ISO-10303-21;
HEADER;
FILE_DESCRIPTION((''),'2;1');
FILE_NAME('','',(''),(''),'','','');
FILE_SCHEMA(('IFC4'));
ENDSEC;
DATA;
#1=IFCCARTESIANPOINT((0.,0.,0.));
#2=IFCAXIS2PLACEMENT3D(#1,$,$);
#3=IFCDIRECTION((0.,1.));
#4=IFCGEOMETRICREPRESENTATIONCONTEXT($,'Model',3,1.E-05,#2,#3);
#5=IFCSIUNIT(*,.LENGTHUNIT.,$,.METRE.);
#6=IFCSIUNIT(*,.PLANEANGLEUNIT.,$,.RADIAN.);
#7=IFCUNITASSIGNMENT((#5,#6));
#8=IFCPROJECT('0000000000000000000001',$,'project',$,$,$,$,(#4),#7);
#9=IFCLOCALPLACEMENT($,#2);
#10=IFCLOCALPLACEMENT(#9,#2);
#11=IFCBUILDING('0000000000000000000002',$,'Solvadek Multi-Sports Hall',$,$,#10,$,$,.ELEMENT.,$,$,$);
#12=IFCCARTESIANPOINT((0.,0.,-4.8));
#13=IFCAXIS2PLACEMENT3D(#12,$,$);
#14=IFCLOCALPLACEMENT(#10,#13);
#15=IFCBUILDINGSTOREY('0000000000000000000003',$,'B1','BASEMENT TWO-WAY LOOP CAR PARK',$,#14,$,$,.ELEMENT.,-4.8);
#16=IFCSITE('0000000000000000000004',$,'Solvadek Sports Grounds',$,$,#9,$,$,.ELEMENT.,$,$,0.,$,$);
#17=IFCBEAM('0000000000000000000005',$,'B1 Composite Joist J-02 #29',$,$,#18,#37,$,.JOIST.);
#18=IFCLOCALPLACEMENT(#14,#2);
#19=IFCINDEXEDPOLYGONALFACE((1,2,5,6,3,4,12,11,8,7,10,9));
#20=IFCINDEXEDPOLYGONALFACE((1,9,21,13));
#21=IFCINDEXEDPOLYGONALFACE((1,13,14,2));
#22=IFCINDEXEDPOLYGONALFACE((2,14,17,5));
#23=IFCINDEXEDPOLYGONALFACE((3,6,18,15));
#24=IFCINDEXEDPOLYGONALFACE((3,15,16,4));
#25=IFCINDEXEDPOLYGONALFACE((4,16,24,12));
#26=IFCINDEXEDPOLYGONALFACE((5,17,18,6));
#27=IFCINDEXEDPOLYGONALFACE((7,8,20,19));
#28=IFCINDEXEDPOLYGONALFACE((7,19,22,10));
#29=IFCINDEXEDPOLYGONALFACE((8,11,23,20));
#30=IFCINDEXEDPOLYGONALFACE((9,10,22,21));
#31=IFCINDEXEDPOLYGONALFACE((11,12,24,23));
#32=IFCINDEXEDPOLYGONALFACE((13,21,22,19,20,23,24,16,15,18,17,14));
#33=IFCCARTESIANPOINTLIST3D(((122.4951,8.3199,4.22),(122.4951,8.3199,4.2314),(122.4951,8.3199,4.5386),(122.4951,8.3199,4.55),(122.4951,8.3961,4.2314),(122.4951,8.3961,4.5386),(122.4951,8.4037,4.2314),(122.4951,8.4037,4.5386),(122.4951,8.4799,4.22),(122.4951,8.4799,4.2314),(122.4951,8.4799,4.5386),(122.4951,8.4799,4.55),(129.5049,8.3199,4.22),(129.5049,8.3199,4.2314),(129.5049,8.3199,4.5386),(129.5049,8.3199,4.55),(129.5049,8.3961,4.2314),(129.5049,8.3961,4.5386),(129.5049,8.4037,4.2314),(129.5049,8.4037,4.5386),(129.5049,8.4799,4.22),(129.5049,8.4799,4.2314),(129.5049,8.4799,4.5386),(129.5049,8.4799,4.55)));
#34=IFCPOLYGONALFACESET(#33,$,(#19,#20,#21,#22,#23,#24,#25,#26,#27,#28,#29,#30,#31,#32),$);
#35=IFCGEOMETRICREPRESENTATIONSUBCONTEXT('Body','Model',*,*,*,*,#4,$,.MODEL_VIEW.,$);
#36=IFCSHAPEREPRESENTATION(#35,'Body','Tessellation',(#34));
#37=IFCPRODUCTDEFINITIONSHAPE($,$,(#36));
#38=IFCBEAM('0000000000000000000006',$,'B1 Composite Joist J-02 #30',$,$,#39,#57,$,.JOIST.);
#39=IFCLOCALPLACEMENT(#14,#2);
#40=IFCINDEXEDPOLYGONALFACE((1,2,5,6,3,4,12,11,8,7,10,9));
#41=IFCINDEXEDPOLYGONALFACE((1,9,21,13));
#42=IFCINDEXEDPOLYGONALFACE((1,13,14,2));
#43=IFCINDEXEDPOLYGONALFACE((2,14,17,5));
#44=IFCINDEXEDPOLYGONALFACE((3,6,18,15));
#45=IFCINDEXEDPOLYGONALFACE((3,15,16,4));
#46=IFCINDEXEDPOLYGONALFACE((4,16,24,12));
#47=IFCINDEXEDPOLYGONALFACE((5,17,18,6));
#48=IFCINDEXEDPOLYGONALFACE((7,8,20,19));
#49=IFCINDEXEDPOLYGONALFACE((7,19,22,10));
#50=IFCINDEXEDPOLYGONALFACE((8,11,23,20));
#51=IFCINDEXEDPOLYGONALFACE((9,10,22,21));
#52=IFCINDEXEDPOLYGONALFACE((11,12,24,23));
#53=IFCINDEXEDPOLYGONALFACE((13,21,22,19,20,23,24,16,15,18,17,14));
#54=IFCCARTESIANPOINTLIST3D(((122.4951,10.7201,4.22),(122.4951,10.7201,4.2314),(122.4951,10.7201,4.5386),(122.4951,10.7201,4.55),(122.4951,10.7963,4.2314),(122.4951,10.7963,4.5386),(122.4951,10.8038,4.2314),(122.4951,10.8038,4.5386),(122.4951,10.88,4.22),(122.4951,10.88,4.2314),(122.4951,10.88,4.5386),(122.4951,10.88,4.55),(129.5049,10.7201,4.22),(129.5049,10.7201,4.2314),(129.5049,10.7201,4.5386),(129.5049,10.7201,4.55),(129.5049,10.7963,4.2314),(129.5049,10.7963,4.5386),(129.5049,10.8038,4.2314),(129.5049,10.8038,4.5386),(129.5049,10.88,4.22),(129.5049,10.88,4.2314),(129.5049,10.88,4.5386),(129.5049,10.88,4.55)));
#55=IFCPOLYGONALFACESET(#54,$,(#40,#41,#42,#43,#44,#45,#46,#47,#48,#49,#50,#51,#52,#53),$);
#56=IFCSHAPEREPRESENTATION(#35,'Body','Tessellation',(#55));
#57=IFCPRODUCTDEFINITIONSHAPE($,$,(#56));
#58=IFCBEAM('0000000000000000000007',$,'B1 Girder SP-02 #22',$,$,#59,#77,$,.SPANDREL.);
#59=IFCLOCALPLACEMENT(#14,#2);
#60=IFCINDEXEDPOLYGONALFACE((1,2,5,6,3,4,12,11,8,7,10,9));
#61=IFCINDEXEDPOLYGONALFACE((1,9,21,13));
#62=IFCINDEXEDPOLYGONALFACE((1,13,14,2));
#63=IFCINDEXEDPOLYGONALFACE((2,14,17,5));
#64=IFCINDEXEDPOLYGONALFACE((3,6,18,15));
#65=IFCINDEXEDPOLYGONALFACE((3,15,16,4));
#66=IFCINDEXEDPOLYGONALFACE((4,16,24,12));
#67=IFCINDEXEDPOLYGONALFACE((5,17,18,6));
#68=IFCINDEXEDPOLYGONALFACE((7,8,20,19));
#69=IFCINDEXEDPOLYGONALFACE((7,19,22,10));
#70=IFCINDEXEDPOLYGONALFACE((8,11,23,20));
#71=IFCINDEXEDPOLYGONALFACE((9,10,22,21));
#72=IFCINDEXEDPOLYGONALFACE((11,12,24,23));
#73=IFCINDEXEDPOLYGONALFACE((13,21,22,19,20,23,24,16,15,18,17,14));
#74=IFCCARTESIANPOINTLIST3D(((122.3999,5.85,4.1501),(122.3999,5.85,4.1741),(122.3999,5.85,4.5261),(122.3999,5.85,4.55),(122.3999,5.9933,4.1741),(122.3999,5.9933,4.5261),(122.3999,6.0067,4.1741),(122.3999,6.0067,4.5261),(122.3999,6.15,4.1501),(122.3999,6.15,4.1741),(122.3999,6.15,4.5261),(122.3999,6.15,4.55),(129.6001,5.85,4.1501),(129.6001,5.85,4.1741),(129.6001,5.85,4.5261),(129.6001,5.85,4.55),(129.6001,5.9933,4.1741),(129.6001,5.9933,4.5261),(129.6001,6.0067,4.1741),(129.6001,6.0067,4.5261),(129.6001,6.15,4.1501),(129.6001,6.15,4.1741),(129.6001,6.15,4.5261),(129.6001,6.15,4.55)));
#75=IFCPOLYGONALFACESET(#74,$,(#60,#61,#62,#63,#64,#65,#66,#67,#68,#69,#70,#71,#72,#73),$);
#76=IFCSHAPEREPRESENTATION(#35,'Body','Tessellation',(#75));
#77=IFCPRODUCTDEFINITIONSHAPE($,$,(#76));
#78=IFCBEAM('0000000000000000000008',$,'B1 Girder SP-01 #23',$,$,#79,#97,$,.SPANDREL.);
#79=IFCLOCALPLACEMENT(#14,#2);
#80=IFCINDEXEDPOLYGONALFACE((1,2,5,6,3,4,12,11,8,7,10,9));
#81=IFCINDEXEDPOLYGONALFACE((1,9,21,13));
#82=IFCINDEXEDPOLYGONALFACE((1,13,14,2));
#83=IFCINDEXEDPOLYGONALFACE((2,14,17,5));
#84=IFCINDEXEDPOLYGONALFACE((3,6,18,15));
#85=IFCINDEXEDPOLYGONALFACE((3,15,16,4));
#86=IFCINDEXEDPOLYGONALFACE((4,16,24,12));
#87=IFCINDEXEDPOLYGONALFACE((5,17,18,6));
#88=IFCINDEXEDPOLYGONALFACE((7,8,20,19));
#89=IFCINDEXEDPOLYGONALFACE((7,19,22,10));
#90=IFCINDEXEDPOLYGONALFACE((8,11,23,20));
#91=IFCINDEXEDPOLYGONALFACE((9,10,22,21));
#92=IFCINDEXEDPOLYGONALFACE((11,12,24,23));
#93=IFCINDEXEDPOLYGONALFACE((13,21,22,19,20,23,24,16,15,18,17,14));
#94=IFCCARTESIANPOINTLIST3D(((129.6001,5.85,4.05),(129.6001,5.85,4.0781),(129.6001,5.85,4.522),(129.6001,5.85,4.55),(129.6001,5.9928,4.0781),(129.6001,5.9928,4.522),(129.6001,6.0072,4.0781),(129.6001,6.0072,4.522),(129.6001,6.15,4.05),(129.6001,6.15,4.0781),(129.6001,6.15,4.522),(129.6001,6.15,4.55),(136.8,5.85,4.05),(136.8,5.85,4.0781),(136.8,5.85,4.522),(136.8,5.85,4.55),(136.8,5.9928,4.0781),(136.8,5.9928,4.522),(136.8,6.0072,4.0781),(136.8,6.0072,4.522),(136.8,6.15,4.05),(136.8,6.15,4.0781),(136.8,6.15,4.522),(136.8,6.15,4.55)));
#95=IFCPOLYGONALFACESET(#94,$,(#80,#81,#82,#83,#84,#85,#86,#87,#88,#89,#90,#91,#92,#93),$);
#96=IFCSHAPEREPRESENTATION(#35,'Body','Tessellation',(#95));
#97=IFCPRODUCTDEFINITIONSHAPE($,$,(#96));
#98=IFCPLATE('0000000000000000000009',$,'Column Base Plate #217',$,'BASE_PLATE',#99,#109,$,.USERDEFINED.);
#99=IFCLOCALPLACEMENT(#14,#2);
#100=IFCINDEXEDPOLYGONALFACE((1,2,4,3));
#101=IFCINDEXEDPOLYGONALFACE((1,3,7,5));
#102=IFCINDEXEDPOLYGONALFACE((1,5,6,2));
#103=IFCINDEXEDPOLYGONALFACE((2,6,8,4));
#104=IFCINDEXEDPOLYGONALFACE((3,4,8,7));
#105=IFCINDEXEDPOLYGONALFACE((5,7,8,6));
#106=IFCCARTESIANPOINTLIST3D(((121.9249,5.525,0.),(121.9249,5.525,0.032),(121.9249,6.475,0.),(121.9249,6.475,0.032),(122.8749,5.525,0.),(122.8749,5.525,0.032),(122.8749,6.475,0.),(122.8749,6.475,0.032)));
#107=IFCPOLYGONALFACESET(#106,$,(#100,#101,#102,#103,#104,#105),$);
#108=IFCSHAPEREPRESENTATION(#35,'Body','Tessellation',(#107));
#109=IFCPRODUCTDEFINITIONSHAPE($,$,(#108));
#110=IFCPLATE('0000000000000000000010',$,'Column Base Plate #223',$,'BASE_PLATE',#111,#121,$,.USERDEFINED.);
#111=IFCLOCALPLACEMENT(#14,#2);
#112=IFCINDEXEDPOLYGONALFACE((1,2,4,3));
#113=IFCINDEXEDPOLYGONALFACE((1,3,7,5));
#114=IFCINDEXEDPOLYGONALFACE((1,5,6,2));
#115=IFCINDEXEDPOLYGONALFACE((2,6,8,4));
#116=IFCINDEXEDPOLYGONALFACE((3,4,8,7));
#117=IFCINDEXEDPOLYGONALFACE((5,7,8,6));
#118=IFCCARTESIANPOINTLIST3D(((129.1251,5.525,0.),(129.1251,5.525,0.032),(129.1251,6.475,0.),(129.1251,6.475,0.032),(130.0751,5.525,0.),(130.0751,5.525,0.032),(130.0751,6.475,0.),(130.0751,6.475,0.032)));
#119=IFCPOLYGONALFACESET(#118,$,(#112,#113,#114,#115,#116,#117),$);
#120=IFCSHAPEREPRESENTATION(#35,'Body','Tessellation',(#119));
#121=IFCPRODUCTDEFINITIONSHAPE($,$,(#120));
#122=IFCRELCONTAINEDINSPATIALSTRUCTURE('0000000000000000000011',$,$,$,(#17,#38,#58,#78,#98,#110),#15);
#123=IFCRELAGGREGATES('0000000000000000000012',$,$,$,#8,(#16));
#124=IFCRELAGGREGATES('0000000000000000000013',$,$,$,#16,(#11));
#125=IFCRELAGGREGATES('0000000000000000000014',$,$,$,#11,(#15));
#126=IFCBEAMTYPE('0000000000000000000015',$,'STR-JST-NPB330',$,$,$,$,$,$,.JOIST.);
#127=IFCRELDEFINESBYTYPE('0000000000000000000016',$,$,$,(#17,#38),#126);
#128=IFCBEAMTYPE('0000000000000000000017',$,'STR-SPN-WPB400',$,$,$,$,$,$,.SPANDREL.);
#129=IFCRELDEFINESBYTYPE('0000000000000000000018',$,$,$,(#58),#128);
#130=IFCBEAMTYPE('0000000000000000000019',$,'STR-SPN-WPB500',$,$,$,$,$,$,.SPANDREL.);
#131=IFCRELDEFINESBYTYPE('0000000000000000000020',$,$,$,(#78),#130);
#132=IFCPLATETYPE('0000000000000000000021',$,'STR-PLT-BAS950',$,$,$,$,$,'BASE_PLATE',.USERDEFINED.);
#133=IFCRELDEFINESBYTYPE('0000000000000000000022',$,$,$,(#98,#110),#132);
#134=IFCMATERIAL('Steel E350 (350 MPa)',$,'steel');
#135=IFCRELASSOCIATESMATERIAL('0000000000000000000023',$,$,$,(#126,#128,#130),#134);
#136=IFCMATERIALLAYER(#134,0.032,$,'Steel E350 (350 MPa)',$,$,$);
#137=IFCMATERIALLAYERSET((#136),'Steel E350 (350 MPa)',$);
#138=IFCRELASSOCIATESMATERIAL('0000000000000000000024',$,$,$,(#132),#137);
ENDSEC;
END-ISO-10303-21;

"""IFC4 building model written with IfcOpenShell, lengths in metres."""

from ifc_helpers import new_model, si_unit, direction, frame, origin, origin_2d, place, context, subcontext, project, spatial, rectangle, i_section, extrude, material, layer, layer_set, material_profile, profile_set, type_object, element, save


model = new_model("IFC4")

# Units and contexts
model_context = context("Model", 3, precision=1e-05, world=origin(), true_north=direction((0.0, 1.0)))
body_context = subcontext(model_context, "Body", "Model", "MODEL_VIEW")
ifc_project = project(units=[si_unit("LENGTHUNIT", "METRE"), si_unit("PLANEANGLEUNIT", "RADIAN")], contexts=[model_context])

# Site, building, storey
site_placement = place(None, origin())
site = spatial("IfcSite", under=ifc_project, at=site_placement, Name="Solvadek Sports Grounds", CompositionType="ELEMENT", RefElevation=0.0)
building_placement = place(site_placement, origin())
building = spatial("IfcBuilding", under=site, at=building_placement, Name="Solvadek Multi-Sports Hall", CompositionType="ELEMENT")
storey_placement = place(building_placement, frame((0.0, 0.0, -4.8)))
storey = spatial("IfcBuildingStorey", under=building, at=storey_placement, Name="B1", Description="BASEMENT TWO-WAY LOOP CAR PARK", CompositionType="ELEMENT", Elevation=-4.8)

# Shared definitions
ifc_material_1 = material(Name="Steel E350 (350 MPa)", Category="steel")

# Beams
ifc_material_profile_1 = material_profile(ifc_material_1, i_section(OverallWidth=0.1599, OverallDepth=0.3301, WebThickness=0.0076, FlangeThickness=0.0115, at=origin_2d()), Name="NPB 330")
ifc_profile_set_1 = profile_set([ifc_material_profile_1], Name="Steel E350 (350 MPa)")
beam_type_1 = type_object("IfcBeamType", Name="STR-JST-NPB330", PredefinedType="JOIST", material=ifc_profile_set_1)
for number, where, z_axis, x_axis, name in (
    (1, (122.4951, 8.3999, 4.385), (1.0, 0.0, 0.0), (0.0, 1.0, 0.0), "B1 Composite Joist J-02 #29"),
    (2, (122.4951, 10.8, 4.385), (1.0, 0.0, 0.0), (0.0, 1.0, 0.0), "B1 Composite Joist J-02 #30"),
):
    element("IfcBeam", number, at=place(storey_placement, frame(where, z_axis=z_axis, x_axis=x_axis)), inside=storey, type_object=beam_type_1, Name=name, PredefinedType="JOIST", context=body_context, shape_type="SweptSolid", body=[
        extrude(i_section(OverallWidth=0.1599, OverallDepth=0.3301, WebThickness=0.0076, FlangeThickness=0.0115, at=origin_2d()), origin(), (0.0, 0.0, 1.0), 7.0098),
    ])
ifc_material_profile_2 = material_profile(ifc_material_1, i_section(OverallWidth=0.3, OverallDepth=0.3999, WebThickness=0.0134, FlangeThickness=0.0239, at=origin_2d()), Name="WPB 400")
ifc_profile_set_2 = profile_set([ifc_material_profile_2], Name="Steel E350 (350 MPa)")
beam_type_2 = type_object("IfcBeamType", Name="STR-SPN-WPB400", PredefinedType="SPANDREL", material=ifc_profile_set_2)
beam_1_placement = place(storey_placement, frame((122.3999, 6.0, 4.3501), z_axis=(1.0, 0.0, 0.0), x_axis=(0.0, 1.0, 0.0)))
element("IfcBeam", 3, at=beam_1_placement, inside=storey, type_object=beam_type_2, Name="B1 Girder SP-02 #22", PredefinedType="SPANDREL", context=body_context, shape_type="SweptSolid", body=[
    extrude(i_section(OverallWidth=0.3, OverallDepth=0.3999, WebThickness=0.0134, FlangeThickness=0.0239, at=origin_2d()), origin(), (0.0, 0.0, 1.0), 7.2002),
])
ifc_material_profile_3 = material_profile(ifc_material_1, i_section(OverallWidth=0.3, OverallDepth=0.5, WebThickness=0.0144, FlangeThickness=0.0281, at=origin_2d()), Name="WPB 500")
ifc_profile_set_3 = profile_set([ifc_material_profile_3], Name="Steel E350 (350 MPa)")
beam_type_3 = type_object("IfcBeamType", Name="STR-SPN-WPB500", PredefinedType="SPANDREL", material=ifc_profile_set_3)
beam_2_placement = place(storey_placement, frame((129.6001, 6.0, 4.3), z_axis=(1.0, 0.0, 0.0), x_axis=(0.0, 1.0, 0.0)))
element("IfcBeam", 4, at=beam_2_placement, inside=storey, type_object=beam_type_3, Name="B1 Girder SP-01 #23", PredefinedType="SPANDREL", context=body_context, shape_type="SweptSolid", body=[
    extrude(i_section(OverallWidth=0.3, OverallDepth=0.5, WebThickness=0.0144, FlangeThickness=0.0281, at=origin_2d()), origin(), (0.0, 0.0, 1.0), 7.2),
])

# Plates
ifc_layer = layer(ifc_material_1, 0.032, Name="Steel E350 (350 MPa)")
ifc_layer_set = layer_set([ifc_layer], Name="Steel E350 (350 MPa)")
plate_type = type_object("IfcPlateType", Name="STR-PLT-BAS950", ElementType="BASE_PLATE", PredefinedType="USERDEFINED", material=ifc_layer_set)
for number, where, z_axis, x_axis, name in (
    (5, (122.3999, 6.0, 0.0), (0.0, 0.0, 1.0), (1.0, 0.0, 0.0), "Column Base Plate #217"),
    (6, (129.6001, 6.0, 0.0), (0.0, 0.0, 1.0), (1.0, 0.0, 0.0), "Column Base Plate #223"),
):
    element("IfcPlate", number, at=place(storey_placement, frame(where, z_axis=z_axis, x_axis=x_axis)), inside=storey, type_object=plate_type, Name=name, ObjectType="BASE_PLATE", PredefinedType="USERDEFINED", context=body_context, shape_type="SweptSolid", body=[
        extrude(rectangle(XDim=0.95, YDim=0.95, at=origin_2d()), origin(), (0.0, 0.0, 1.0), 0.032),
    ])

save(model, "model.ifc")
